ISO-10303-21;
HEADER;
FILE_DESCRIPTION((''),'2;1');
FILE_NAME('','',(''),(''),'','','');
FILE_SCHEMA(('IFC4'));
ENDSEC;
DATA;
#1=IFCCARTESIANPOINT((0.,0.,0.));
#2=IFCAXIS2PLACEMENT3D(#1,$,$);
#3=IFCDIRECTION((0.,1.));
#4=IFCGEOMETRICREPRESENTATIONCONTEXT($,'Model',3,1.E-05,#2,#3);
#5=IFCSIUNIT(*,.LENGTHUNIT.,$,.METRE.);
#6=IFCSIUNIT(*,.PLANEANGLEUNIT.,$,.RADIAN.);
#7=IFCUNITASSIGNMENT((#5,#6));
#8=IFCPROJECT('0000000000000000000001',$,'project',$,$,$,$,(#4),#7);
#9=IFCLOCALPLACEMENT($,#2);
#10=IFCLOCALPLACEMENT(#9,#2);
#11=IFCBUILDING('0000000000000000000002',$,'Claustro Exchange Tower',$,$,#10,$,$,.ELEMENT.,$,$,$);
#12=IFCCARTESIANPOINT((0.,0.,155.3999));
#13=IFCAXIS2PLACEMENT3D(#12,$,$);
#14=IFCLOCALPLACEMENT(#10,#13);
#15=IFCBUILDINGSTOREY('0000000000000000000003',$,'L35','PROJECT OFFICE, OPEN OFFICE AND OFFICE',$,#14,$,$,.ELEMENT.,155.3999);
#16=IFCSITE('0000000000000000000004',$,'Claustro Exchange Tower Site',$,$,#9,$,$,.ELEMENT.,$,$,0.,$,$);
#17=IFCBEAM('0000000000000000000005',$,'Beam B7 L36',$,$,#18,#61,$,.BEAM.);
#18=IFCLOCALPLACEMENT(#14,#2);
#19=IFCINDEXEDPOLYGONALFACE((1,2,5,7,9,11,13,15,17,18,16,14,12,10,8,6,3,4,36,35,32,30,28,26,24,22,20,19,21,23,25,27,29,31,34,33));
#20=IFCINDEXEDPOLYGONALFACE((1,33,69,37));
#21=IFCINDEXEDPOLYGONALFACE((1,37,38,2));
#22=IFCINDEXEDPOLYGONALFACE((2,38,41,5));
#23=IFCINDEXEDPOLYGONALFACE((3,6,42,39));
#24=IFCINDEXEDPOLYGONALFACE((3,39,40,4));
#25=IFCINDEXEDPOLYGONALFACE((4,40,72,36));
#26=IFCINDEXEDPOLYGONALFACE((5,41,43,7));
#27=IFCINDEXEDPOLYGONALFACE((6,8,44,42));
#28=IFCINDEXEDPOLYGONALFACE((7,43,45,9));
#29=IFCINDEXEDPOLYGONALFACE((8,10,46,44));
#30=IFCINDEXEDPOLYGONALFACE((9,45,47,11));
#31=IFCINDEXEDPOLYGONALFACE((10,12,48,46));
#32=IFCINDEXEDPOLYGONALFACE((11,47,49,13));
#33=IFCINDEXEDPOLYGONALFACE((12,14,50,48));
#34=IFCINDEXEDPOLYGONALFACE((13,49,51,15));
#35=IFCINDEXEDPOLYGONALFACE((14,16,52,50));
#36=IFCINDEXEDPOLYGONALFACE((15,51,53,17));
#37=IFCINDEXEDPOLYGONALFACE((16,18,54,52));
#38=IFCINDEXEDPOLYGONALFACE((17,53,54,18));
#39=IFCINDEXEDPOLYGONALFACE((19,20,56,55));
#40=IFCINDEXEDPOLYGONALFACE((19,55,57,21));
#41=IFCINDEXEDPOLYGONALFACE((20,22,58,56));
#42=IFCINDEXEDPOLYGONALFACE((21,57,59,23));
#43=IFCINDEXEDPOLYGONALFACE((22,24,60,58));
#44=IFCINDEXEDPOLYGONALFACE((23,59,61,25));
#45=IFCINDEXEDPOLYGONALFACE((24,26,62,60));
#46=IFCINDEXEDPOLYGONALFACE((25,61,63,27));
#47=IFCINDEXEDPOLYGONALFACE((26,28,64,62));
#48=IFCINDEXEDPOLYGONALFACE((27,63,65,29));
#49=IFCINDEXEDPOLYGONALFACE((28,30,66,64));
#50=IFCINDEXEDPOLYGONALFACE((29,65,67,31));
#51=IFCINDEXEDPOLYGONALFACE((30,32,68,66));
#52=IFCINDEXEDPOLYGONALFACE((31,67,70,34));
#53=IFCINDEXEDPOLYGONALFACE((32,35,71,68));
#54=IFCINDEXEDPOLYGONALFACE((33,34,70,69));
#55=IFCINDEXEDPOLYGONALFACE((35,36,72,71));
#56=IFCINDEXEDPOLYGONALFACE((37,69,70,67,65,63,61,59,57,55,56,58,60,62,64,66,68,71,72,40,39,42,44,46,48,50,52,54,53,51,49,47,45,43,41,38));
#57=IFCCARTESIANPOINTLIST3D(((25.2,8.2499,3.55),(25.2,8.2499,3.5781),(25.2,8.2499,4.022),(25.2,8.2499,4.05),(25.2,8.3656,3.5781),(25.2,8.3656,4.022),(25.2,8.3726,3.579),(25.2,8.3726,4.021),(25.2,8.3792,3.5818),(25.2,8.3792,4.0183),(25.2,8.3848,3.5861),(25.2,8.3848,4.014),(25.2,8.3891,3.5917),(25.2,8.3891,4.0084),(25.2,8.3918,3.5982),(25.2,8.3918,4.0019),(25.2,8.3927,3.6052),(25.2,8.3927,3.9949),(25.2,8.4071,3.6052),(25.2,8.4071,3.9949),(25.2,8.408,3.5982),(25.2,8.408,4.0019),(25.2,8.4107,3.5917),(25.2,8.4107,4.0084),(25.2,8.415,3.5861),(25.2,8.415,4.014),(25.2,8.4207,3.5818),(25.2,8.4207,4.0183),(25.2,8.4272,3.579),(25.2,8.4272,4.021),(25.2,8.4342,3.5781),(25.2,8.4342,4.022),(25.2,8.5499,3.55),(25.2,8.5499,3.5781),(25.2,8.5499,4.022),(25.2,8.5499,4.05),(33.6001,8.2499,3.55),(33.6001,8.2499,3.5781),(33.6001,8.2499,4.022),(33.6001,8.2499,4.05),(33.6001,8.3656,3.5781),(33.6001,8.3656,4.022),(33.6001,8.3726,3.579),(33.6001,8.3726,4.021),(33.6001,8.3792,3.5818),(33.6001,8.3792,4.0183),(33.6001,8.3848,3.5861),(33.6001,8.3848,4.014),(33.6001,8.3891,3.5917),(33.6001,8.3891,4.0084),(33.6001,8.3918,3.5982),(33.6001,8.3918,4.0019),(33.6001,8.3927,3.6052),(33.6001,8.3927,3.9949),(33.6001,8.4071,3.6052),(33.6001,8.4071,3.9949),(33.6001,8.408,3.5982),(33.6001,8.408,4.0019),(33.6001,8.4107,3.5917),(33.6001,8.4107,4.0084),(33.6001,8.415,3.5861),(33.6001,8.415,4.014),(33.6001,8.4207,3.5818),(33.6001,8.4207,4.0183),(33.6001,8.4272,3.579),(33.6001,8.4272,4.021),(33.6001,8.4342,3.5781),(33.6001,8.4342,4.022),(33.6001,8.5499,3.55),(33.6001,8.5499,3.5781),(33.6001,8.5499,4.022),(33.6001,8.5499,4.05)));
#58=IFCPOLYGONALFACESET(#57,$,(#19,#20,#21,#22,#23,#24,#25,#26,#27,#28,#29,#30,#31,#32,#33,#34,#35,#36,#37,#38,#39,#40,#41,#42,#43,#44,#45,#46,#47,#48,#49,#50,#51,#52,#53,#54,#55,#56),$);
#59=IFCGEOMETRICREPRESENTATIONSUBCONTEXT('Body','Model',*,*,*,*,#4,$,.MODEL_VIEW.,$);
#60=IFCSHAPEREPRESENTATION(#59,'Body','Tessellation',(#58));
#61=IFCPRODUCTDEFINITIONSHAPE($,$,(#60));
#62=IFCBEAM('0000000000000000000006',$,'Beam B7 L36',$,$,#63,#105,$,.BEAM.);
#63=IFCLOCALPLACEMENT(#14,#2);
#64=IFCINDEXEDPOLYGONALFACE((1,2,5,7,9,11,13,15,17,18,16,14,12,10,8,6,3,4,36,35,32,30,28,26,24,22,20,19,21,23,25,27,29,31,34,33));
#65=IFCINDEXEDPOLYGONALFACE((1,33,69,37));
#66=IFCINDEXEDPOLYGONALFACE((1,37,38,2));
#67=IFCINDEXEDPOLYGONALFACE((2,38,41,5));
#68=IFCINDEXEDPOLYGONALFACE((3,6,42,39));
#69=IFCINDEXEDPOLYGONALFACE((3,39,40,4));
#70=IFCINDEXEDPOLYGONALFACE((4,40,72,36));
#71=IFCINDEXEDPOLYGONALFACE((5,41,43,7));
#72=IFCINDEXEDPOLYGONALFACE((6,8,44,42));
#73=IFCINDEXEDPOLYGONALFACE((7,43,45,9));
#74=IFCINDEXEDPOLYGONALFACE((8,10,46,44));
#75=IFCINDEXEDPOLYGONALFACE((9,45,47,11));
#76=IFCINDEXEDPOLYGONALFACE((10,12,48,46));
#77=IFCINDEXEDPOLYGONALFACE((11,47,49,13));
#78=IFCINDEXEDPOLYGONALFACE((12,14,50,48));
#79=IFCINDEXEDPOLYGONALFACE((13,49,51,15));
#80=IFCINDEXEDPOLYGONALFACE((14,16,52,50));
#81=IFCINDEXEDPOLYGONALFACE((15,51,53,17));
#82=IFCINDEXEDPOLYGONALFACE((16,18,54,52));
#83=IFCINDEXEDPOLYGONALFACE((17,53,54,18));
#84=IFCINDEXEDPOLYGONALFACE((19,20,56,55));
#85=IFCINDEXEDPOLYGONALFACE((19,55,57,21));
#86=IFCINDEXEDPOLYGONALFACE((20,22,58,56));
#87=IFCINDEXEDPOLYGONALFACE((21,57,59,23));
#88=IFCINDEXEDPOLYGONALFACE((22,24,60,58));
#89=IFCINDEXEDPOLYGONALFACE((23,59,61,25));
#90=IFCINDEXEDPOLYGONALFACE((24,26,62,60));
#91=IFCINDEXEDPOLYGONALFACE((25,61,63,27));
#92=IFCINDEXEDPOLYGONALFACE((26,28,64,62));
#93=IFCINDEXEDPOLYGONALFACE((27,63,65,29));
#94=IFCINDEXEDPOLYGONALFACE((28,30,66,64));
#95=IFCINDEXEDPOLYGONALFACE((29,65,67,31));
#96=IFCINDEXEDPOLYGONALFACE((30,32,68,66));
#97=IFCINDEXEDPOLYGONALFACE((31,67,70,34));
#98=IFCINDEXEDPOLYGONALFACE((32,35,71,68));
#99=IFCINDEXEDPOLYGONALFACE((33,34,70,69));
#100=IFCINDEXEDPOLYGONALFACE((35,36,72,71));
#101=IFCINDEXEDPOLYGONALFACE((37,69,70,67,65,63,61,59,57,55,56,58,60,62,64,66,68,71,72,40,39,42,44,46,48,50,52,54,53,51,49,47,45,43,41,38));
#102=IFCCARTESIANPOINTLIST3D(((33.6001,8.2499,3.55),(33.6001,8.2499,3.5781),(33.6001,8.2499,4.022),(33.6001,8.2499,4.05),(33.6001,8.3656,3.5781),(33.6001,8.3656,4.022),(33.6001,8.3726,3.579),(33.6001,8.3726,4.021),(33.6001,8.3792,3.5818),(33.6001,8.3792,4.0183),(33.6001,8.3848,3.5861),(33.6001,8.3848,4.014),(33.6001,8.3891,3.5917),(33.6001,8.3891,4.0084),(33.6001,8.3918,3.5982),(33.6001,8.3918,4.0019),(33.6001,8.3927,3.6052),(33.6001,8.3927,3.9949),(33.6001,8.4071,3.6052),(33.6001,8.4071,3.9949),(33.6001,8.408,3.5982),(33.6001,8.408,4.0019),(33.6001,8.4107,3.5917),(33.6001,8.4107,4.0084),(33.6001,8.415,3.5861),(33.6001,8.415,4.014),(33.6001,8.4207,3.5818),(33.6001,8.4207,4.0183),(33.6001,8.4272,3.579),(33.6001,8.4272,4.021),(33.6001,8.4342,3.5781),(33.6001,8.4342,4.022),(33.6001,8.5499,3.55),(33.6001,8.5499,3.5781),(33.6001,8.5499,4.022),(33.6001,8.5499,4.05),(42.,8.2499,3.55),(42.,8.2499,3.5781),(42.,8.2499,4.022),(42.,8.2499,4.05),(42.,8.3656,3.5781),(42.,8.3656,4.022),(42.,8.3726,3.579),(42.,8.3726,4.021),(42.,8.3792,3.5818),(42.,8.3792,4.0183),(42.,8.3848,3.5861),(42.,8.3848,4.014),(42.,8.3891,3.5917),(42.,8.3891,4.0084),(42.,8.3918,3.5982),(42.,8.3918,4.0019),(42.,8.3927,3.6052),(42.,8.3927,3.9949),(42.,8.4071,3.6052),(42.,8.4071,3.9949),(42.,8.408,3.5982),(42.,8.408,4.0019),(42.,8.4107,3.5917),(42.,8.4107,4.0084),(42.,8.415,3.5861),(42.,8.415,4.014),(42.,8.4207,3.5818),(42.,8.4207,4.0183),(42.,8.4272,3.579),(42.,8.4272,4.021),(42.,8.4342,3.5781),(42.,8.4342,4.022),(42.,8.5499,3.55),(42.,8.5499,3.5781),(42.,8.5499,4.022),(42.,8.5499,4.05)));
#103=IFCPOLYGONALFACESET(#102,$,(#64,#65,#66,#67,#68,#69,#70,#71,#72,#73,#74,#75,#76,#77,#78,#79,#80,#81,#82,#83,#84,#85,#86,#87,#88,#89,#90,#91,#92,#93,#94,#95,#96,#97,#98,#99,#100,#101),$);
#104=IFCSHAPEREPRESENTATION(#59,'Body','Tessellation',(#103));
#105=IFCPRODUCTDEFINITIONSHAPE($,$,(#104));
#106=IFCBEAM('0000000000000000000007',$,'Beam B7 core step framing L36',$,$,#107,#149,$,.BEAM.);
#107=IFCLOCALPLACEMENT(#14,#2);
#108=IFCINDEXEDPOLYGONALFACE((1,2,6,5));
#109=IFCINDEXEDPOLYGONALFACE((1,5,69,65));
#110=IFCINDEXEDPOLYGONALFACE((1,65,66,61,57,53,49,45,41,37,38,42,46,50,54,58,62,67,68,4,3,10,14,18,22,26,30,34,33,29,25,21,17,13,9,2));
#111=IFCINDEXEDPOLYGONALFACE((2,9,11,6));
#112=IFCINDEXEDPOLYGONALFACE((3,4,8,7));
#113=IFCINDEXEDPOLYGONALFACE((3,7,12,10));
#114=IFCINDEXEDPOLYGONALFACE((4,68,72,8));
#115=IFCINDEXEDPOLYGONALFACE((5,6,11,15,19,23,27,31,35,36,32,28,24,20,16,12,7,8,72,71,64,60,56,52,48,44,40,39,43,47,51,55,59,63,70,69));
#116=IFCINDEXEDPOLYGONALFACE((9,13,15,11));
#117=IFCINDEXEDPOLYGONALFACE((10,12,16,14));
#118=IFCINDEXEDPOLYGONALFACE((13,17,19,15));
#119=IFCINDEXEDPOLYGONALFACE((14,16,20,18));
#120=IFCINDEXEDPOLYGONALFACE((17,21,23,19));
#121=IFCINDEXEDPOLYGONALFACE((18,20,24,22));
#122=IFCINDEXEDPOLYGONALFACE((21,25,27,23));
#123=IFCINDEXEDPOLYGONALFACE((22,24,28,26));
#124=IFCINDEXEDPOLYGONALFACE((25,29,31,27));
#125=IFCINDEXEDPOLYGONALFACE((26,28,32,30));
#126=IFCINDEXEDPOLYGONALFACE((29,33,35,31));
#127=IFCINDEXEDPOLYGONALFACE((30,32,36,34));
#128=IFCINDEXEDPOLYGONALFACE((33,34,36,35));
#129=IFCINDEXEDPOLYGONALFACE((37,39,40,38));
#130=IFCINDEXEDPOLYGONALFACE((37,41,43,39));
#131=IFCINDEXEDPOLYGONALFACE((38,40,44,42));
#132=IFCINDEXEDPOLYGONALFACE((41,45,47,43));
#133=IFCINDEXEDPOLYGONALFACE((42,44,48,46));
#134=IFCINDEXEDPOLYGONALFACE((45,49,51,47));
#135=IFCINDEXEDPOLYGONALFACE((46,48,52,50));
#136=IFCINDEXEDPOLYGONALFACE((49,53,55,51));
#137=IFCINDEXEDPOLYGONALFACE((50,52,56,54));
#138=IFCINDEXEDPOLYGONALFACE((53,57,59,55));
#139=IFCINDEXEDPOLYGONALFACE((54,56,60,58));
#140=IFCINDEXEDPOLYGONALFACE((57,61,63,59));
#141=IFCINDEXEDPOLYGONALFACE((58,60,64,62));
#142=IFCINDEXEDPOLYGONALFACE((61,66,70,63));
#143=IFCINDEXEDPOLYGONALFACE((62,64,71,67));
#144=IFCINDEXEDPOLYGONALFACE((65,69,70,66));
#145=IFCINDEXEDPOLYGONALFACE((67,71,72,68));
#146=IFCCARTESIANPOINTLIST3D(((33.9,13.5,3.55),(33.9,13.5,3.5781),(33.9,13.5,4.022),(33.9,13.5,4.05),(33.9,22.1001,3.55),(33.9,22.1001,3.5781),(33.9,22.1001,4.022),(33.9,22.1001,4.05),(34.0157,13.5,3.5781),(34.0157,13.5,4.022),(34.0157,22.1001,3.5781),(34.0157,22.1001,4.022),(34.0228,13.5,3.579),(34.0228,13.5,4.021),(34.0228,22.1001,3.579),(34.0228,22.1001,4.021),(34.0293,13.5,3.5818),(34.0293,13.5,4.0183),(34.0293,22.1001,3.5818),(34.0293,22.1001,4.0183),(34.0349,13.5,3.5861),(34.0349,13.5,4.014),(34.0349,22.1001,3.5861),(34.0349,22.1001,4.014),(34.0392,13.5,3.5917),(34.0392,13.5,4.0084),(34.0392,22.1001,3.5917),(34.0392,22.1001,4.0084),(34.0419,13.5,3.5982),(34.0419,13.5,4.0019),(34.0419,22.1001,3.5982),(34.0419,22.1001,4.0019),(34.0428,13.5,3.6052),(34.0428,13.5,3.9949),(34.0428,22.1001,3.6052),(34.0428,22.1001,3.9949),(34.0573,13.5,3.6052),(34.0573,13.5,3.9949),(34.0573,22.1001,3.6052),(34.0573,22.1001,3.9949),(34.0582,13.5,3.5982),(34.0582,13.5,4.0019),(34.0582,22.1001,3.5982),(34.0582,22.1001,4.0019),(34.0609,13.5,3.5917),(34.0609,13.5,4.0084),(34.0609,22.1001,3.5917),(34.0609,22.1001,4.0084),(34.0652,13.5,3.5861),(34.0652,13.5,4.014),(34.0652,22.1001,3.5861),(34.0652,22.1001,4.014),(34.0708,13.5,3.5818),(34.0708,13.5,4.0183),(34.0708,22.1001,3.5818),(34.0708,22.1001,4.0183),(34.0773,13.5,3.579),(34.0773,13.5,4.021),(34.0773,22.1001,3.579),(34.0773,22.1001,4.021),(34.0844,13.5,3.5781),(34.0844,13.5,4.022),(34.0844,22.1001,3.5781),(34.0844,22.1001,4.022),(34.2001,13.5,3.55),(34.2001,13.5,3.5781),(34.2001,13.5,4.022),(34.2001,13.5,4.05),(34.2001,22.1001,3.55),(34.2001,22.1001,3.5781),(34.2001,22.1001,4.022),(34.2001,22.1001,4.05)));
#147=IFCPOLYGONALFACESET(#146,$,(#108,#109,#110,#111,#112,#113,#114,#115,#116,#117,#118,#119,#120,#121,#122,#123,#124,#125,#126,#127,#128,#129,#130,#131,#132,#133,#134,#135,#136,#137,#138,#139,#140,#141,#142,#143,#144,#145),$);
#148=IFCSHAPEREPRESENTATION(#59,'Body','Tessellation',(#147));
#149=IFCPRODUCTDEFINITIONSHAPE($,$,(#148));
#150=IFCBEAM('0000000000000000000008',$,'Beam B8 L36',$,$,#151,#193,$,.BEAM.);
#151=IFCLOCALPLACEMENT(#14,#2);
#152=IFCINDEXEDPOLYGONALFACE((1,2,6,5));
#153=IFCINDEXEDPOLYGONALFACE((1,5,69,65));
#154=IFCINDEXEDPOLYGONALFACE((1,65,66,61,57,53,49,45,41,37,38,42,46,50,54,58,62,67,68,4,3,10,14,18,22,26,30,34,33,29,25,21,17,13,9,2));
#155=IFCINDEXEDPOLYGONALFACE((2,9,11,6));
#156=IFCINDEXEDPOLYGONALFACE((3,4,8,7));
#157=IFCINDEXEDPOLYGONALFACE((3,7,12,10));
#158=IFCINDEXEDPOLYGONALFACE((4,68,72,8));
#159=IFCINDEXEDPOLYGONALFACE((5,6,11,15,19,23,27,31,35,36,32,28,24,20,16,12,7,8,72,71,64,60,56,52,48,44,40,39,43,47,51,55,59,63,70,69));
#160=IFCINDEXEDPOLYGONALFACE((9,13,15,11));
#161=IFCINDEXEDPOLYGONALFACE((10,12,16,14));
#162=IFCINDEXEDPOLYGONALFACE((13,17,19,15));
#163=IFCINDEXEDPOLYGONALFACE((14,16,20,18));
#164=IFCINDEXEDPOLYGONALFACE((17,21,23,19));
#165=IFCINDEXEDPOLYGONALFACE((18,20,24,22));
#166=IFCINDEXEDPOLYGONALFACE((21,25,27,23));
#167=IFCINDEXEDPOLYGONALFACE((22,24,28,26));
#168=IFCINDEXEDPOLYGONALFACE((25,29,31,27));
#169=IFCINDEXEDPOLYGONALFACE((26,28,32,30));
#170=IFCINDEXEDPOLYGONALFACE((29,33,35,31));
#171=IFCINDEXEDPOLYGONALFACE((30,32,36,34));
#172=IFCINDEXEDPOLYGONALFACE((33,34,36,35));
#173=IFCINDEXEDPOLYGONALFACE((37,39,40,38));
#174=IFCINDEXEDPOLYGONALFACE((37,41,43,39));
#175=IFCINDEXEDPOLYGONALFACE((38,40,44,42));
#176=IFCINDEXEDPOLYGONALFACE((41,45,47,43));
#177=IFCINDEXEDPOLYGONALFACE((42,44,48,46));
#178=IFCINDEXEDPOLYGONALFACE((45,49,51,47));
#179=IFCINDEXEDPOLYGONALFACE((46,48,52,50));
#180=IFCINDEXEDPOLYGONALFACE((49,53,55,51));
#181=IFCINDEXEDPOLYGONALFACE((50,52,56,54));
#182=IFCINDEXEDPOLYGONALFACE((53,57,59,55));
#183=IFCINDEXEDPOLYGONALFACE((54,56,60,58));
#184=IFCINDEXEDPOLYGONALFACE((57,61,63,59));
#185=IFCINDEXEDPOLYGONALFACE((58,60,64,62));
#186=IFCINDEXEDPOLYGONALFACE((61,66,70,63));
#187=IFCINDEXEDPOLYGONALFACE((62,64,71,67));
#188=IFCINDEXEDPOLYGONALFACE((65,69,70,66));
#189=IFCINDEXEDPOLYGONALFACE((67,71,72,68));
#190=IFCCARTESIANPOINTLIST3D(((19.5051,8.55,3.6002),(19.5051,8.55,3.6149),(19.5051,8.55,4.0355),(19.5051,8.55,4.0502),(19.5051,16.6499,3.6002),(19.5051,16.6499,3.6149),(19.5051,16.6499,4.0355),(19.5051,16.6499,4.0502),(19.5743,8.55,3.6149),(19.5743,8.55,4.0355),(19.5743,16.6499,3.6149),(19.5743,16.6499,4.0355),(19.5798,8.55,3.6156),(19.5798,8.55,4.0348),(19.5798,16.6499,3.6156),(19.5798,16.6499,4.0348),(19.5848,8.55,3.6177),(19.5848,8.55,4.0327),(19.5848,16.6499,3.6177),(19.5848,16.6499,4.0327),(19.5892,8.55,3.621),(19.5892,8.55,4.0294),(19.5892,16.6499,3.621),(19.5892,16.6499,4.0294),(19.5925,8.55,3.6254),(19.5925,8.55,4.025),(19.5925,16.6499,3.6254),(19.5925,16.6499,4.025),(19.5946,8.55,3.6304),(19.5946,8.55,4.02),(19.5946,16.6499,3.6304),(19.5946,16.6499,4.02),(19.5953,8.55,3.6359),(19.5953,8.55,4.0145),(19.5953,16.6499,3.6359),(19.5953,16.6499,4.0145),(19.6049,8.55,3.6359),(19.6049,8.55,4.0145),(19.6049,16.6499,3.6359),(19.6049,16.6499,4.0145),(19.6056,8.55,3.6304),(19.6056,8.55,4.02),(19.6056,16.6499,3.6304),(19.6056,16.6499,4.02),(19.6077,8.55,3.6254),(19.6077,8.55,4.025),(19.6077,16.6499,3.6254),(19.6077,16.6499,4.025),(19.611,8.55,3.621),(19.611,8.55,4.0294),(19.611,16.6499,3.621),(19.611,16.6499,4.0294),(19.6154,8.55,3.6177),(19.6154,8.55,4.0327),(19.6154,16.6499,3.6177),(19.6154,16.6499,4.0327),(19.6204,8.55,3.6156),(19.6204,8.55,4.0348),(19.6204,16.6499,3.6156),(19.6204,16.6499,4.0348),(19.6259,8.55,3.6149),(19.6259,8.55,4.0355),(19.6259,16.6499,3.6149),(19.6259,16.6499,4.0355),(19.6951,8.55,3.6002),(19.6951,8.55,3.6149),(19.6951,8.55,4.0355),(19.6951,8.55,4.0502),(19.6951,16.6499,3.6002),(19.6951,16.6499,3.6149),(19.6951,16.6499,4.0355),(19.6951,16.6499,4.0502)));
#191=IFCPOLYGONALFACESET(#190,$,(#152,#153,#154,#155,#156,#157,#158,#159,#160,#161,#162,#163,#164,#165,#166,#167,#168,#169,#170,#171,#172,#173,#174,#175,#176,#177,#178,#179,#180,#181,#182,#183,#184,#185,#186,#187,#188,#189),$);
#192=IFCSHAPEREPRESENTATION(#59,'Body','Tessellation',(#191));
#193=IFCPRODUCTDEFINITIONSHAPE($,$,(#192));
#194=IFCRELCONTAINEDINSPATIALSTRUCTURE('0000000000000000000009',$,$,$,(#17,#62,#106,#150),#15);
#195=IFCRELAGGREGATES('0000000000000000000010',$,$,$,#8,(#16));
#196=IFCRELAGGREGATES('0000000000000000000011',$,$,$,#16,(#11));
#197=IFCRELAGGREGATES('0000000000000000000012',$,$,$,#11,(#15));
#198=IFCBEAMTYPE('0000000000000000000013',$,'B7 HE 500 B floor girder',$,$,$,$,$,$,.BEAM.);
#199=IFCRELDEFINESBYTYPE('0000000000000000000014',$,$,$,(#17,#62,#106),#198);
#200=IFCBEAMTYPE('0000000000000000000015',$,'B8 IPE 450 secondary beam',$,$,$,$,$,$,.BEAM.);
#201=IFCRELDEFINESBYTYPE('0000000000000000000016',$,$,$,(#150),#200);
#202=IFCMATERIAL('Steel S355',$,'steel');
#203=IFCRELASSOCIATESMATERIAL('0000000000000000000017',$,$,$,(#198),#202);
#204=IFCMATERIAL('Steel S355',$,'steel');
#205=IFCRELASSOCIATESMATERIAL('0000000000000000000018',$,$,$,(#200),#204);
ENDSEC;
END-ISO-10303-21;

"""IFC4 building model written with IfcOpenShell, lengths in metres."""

from ifc_helpers import new_model, si_unit, direction, frame, origin, origin_2d, place, context, subcontext, project, spatial, i_section, extrude, material, material_profile, profile_set, type_object, element, save


model = new_model("IFC4")

# Units and contexts
model_context = context("Model", 3, precision=1e-05, world=origin(), true_north=direction((0.0, 1.0)))
body_context = subcontext(model_context, "Body", "Model", "MODEL_VIEW")
ifc_project = project(units=[si_unit("LENGTHUNIT", "METRE"), si_unit("PLANEANGLEUNIT", "RADIAN")], contexts=[model_context])

# Site, building, storey
site_placement = place(None, origin())
site = spatial("IfcSite", under=ifc_project, at=site_placement, Name="Claustro Exchange Tower Site", CompositionType="ELEMENT", RefElevation=0.0)
building_placement = place(site_placement, origin())
building = spatial("IfcBuilding", under=site, at=building_placement, Name="Claustro Exchange Tower", CompositionType="ELEMENT")
storey_placement = place(building_placement, frame((0.0, 0.0, 155.3999)))
storey = spatial("IfcBuildingStorey", under=building, at=storey_placement, Name="L35", Description="PROJECT OFFICE, OPEN OFFICE AND OFFICE", CompositionType="ELEMENT", Elevation=155.3999)

# Beams
ifc_material_1 = material(Name="Steel S355", Category="steel")
ifc_material_profile_1 = material_profile(ifc_material_1, i_section(OverallWidth=0.3, OverallDepth=0.5, WebThickness=0.0144, FlangeThickness=0.0281, FilletRadius=0.0271, at=origin_2d()), Name="HE 500 B")
ifc_profile_set_1 = profile_set([ifc_material_profile_1], Name="Steel S355")
beam_type_1 = type_object("IfcBeamType", Name="B7 HE 500 B floor girder", PredefinedType="BEAM", material=ifc_profile_set_1)
beam_1_placement = place(storey_placement, frame((25.2, 8.3999, 3.8), z_axis=(1.0, 0.0, 0.0), x_axis=(0.0, 1.0, 0.0)))
element("IfcBeam", 1, at=beam_1_placement, inside=storey, type_object=beam_type_1, Name="Beam B7 L36", PredefinedType="BEAM", context=body_context, shape_type="SweptSolid", body=[
    extrude(i_section(OverallWidth=0.3, OverallDepth=0.5, WebThickness=0.0144, FlangeThickness=0.0281, FilletRadius=0.0271, at=origin_2d()), origin(), (0.0, 0.0, 1.0), 8.4001),
])
beam_2_placement = place(storey_placement, frame((33.6001, 8.3999, 3.8), z_axis=(1.0, 0.0, 0.0), x_axis=(0.0, 1.0, 0.0)))
element("IfcBeam", 2, at=beam_2_placement, inside=storey, type_object=beam_type_1, Name="Beam B7 L36", PredefinedType="BEAM", context=body_context, shape_type="SweptSolid", body=[
    extrude(i_section(OverallWidth=0.3, OverallDepth=0.5, WebThickness=0.0144, FlangeThickness=0.0281, FilletRadius=0.0271, at=origin_2d()), origin(), (0.0, 0.0, 1.0), 8.3999),
])
beam_3_placement = place(storey_placement, frame((34.05, 13.5, 3.8), z_axis=(0.0, 1.0, 0.0), x_axis=(-1.0, 0.0, 0.0)))
element("IfcBeam", 3, at=beam_3_placement, inside=storey, type_object=beam_type_1, Name="Beam B7 core step framing L36", PredefinedType="BEAM", context=body_context, shape_type="SweptSolid", body=[
    extrude(i_section(OverallWidth=0.3, OverallDepth=0.5, WebThickness=0.0144, FlangeThickness=0.0281, FilletRadius=0.0271, at=origin_2d()), origin(), (0.0, 0.0, 1.0), 8.6001),
])
ifc_material_2 = material(Name="Steel S355", Category="steel")
ifc_material_profile_2 = material_profile(ifc_material_2, i_section(OverallWidth=0.1899, OverallDepth=0.45, WebThickness=0.0095, FlangeThickness=0.0146, FilletRadius=0.021, at=origin_2d()), Name="IPE 450")
ifc_profile_set_2 = profile_set([ifc_material_profile_2], Name="Steel S355")
beam_type_2 = type_object("IfcBeamType", Name="B8 IPE 450 secondary beam", PredefinedType="BEAM", material=ifc_profile_set_2)
for number, where, z_axis, x_axis, name in (
    (4, (19.6001, 8.55, 3.8252), (0.0, 1.0, 0.0), (-1.0, 0.0, 0.0), "Beam B8 L36"),
):
    element("IfcBeam", number, at=place(storey_placement, frame(where, z_axis=z_axis, x_axis=x_axis)), inside=storey, type_object=beam_type_2, Name=name, PredefinedType="BEAM", context=body_context, shape_type="SweptSolid", body=[
        extrude(i_section(OverallWidth=0.1899, OverallDepth=0.45, WebThickness=0.0095, FlangeThickness=0.0146, FilletRadius=0.021, at=origin_2d()), origin(), (0.0, 0.0, 1.0), 8.0999),
    ])

save(model, "model.ifc")
